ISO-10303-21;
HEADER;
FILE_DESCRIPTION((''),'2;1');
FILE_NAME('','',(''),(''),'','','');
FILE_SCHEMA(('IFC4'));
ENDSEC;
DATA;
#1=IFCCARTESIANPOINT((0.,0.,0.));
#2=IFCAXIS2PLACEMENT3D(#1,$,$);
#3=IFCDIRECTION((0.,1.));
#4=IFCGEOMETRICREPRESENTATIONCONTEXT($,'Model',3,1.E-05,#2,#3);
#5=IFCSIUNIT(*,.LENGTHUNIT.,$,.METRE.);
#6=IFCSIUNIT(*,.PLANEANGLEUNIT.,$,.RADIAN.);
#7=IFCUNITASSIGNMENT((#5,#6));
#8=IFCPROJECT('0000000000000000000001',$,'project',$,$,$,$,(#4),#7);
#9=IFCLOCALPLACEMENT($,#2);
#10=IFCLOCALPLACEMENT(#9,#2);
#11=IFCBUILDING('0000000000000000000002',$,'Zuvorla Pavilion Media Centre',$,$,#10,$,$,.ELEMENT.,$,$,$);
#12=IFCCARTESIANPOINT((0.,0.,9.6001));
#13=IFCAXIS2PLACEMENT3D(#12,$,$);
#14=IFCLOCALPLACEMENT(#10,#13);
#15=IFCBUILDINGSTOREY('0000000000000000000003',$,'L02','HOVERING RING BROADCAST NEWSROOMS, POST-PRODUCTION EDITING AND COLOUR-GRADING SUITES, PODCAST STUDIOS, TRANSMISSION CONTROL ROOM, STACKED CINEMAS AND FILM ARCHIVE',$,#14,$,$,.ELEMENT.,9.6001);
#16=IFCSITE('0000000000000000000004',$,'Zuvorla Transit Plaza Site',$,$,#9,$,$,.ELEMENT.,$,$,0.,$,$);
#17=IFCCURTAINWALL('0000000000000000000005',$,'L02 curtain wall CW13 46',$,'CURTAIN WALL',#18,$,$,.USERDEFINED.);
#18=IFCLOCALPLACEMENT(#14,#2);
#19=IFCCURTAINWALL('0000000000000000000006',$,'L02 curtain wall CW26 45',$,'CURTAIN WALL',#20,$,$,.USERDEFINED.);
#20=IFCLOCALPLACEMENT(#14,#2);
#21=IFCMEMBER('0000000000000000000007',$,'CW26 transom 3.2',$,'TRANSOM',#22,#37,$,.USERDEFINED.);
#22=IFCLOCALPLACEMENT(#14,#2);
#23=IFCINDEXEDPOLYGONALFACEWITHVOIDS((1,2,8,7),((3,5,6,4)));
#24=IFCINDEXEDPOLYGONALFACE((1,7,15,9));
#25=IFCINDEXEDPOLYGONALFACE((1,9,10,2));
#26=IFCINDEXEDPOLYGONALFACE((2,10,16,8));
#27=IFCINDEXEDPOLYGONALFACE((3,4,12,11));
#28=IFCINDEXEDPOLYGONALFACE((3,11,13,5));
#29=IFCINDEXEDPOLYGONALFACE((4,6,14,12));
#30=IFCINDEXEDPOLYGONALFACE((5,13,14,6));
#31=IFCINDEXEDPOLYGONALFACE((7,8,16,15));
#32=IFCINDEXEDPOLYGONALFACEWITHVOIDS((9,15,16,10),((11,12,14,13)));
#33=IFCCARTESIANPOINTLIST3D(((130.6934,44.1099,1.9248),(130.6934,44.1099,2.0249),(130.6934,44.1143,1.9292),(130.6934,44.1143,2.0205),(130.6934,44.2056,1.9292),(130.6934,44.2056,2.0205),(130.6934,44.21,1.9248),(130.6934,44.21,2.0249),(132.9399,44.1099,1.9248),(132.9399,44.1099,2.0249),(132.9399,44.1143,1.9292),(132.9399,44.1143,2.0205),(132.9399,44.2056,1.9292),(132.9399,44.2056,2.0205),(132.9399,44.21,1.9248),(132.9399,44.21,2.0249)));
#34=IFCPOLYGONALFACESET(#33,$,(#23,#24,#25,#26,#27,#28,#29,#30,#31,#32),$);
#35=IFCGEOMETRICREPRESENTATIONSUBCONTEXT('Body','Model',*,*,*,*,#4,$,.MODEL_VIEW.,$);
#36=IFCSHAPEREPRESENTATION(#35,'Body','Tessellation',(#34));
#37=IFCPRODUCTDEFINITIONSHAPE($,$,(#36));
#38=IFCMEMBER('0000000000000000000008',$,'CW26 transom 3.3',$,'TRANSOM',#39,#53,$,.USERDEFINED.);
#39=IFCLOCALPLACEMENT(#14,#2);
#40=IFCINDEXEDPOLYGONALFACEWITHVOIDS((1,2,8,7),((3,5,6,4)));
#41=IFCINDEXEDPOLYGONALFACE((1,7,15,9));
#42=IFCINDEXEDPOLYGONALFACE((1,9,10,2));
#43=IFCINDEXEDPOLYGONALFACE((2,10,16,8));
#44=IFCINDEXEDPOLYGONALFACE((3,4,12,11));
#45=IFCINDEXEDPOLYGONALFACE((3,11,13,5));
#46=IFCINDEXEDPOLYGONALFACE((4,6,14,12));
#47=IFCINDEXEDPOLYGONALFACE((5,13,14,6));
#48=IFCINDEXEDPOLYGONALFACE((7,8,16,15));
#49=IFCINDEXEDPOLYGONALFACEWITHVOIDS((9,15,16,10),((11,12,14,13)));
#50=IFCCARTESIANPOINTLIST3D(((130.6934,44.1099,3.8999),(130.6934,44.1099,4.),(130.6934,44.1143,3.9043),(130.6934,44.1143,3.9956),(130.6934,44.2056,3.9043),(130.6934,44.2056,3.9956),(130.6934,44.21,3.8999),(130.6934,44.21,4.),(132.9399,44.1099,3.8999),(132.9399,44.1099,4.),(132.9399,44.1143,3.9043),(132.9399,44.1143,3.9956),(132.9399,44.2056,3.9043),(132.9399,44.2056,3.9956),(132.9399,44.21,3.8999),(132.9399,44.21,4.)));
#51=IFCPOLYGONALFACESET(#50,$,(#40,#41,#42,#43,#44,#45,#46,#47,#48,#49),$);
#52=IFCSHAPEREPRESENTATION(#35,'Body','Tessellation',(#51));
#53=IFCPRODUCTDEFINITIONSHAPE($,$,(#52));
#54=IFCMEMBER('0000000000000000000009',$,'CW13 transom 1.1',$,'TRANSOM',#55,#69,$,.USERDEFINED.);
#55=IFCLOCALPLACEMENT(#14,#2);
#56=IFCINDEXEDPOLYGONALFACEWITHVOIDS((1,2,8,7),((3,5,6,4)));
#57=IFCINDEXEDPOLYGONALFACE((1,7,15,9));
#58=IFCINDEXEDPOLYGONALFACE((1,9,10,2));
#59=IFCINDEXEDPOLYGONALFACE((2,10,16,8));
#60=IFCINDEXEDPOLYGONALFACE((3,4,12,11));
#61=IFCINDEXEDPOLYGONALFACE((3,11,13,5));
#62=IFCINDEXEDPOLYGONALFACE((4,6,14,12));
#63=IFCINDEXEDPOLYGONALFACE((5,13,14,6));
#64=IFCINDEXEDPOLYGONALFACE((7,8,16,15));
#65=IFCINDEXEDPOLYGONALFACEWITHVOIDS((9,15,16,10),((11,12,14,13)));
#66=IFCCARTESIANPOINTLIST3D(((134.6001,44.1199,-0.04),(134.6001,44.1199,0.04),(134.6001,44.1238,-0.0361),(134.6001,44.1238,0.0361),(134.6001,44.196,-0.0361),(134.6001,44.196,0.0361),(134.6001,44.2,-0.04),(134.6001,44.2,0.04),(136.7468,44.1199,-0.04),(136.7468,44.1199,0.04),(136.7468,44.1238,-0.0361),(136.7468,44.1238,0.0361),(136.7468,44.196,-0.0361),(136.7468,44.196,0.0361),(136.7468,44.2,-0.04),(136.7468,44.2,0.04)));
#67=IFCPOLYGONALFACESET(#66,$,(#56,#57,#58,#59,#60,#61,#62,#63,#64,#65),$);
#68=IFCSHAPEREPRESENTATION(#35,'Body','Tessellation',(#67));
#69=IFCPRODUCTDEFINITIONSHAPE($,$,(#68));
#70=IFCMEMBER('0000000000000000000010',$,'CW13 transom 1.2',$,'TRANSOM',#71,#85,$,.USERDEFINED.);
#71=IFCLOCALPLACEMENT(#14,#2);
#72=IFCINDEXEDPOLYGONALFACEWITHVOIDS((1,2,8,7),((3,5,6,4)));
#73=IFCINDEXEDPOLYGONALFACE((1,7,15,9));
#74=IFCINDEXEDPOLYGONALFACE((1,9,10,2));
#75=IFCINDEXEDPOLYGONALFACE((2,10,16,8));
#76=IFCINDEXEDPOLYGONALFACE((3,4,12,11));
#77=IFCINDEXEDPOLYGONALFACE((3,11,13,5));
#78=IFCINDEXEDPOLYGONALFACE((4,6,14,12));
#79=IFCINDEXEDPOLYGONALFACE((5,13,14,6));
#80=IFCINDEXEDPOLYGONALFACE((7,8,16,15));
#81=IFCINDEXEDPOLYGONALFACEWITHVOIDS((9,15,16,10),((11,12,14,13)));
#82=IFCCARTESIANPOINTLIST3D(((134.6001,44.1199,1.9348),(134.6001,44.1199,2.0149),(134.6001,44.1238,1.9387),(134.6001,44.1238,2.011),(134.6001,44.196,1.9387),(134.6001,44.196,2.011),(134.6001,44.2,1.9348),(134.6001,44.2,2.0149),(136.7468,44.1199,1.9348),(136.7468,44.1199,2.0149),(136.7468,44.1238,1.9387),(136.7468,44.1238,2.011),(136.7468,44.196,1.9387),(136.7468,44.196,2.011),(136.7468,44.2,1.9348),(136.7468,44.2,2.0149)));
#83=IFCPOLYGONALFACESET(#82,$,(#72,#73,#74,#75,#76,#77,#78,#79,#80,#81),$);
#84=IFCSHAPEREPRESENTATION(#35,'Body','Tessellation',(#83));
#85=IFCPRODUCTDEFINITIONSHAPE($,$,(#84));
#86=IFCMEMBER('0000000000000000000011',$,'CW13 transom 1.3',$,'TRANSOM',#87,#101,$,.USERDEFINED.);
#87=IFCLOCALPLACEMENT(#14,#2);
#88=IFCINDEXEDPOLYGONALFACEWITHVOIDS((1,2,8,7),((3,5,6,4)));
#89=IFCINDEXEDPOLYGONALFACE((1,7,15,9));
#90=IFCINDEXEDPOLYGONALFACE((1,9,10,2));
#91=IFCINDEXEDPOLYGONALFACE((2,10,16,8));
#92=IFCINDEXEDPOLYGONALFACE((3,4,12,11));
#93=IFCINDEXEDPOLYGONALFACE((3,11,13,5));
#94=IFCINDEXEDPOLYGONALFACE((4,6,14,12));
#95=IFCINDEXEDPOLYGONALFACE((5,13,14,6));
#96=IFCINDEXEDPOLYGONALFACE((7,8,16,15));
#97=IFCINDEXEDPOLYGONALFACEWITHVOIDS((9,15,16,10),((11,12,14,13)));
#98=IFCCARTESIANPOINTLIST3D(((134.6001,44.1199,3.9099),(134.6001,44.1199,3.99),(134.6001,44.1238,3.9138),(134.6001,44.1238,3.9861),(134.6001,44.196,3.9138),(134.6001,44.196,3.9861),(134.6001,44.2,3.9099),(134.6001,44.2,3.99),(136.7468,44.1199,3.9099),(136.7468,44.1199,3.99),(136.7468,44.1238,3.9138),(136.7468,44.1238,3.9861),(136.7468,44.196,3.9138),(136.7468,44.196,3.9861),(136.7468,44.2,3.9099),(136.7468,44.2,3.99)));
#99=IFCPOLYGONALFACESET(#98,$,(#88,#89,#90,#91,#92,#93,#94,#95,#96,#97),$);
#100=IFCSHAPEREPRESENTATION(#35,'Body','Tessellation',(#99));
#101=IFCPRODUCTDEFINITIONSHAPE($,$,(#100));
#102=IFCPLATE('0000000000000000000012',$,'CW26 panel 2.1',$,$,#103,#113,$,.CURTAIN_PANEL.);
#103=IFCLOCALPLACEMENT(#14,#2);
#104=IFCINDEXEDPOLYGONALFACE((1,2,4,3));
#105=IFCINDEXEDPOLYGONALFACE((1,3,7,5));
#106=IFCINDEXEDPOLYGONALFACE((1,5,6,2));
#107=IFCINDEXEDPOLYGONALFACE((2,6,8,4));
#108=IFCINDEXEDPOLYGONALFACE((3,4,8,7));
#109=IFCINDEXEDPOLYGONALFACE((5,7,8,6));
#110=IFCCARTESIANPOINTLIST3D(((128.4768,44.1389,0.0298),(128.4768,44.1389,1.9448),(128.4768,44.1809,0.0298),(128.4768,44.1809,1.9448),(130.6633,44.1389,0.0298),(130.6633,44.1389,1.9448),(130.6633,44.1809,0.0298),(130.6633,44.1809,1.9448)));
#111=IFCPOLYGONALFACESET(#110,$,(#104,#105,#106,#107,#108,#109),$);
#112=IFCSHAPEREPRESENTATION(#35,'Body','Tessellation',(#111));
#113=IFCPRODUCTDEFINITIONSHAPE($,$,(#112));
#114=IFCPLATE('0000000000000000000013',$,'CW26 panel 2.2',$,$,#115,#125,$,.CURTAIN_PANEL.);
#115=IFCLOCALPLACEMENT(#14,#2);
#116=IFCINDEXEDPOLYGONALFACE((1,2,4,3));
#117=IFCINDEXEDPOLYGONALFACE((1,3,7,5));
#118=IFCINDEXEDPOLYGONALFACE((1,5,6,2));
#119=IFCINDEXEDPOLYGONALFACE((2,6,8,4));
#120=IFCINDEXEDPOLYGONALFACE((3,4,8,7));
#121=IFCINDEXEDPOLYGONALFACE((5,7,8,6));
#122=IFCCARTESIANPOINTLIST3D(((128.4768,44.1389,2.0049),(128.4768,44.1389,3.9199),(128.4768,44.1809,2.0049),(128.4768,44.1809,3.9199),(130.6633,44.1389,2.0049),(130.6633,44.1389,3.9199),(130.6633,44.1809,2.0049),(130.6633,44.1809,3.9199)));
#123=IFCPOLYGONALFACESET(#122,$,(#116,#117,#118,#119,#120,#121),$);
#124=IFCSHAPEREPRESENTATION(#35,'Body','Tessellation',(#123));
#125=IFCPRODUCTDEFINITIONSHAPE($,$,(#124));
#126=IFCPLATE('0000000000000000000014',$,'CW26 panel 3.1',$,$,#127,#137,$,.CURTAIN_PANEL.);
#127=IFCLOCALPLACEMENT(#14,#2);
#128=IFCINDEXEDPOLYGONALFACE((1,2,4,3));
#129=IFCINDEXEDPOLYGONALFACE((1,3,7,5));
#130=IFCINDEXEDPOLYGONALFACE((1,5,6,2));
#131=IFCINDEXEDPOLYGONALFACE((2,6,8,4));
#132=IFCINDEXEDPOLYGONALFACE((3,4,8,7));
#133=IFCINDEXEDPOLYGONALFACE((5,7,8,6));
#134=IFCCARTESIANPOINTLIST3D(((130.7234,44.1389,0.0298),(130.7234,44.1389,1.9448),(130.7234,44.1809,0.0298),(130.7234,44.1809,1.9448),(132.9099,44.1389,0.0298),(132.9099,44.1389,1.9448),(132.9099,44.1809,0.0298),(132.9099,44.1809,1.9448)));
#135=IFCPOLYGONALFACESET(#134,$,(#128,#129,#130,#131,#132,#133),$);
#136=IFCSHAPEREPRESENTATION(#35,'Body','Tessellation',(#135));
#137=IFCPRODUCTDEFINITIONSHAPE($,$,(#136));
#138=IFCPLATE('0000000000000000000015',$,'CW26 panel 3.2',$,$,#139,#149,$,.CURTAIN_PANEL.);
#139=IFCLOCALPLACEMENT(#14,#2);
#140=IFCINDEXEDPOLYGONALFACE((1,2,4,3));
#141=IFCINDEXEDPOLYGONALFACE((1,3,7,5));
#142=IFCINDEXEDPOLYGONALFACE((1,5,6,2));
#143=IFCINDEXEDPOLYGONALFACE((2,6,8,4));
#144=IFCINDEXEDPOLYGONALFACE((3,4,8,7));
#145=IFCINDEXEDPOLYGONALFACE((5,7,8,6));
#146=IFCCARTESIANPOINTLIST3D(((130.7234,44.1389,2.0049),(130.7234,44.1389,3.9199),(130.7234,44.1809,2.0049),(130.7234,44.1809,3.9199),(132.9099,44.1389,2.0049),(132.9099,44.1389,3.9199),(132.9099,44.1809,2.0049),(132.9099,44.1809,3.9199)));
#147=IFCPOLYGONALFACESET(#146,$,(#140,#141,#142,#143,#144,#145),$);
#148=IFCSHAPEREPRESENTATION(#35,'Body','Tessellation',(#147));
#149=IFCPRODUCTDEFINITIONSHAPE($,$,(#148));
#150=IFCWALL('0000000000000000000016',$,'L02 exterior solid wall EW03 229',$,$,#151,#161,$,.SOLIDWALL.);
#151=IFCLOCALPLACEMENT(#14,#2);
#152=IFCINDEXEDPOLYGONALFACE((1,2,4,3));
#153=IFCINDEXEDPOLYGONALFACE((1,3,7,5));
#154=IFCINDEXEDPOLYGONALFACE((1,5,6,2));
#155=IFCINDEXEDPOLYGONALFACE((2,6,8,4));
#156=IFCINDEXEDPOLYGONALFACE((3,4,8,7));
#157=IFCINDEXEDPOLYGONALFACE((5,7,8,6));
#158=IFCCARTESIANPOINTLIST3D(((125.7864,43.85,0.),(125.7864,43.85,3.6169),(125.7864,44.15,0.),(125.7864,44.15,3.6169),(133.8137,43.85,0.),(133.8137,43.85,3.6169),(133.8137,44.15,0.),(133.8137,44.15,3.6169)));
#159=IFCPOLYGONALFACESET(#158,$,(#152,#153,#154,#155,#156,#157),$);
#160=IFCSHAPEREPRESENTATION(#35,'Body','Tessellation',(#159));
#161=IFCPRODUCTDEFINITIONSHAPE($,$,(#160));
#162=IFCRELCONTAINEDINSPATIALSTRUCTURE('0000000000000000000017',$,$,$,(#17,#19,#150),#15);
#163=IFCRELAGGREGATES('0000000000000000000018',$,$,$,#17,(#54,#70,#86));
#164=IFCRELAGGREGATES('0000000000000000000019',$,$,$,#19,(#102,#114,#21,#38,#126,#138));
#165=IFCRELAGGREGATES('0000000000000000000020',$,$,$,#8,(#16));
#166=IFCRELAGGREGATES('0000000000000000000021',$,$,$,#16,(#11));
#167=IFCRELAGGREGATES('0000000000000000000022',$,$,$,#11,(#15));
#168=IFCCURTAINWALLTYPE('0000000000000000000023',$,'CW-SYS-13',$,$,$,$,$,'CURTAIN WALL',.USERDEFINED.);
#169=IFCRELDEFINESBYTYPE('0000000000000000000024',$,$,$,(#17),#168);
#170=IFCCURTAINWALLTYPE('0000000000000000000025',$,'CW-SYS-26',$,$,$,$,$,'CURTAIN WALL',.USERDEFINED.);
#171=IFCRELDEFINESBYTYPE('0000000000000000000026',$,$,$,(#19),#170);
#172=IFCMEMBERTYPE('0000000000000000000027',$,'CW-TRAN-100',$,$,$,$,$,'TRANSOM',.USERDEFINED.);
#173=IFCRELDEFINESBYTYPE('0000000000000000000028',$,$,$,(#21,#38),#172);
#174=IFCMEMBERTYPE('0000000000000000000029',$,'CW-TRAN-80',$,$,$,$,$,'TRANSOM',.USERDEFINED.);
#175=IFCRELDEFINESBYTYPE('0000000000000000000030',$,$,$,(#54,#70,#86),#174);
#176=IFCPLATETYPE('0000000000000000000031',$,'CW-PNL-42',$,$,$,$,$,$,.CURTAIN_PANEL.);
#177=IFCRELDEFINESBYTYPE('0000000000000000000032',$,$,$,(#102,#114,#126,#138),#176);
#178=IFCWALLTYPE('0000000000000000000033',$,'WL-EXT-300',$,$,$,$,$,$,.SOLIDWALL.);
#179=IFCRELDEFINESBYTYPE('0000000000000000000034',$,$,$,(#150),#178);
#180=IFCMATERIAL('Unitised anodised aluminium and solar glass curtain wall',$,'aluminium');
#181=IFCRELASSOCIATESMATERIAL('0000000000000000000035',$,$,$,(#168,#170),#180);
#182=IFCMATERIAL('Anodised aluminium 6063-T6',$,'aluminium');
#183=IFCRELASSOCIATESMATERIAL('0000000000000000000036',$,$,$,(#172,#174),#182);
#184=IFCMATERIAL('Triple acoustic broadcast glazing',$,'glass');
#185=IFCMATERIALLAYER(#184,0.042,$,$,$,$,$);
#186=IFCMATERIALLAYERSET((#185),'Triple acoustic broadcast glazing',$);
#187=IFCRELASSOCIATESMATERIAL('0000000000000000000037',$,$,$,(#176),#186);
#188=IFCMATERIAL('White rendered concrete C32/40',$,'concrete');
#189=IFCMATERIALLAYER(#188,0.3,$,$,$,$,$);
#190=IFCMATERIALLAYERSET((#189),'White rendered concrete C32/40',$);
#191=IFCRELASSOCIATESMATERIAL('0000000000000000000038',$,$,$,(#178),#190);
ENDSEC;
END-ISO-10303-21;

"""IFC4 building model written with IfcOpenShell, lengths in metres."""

from ifc_helpers import new_model, si_unit, direction, frame, frame_2d, origin, origin_2d, place, context, subcontext, project, spatial, rectangle, hollow_rectangle, extrude, material, layer, layer_set, material_profile, profile_set, type_object, element, aggregate, save


model = new_model("IFC4")

# Units and contexts
model_context = context("Model", 3, precision=1e-05, world=origin(), true_north=direction((0.0, 1.0)))
body_context = subcontext(model_context, "Body", "Model", "MODEL_VIEW")
ifc_project = project(units=[si_unit("LENGTHUNIT", "METRE"), si_unit("PLANEANGLEUNIT", "RADIAN")], contexts=[model_context])

# Site, building, storey
site_placement = place(None, origin())
site = spatial("IfcSite", under=ifc_project, at=site_placement, Name="Zuvorla Transit Plaza Site", CompositionType="ELEMENT", RefElevation=0.0)
building_placement = place(site_placement, origin())
building = spatial("IfcBuilding", under=site, at=building_placement, Name="Zuvorla Pavilion Media Centre", CompositionType="ELEMENT")
storey_placement = place(building_placement, frame((0.0, 0.0, 9.6001)))
storey = spatial("IfcBuildingStorey", under=building, at=storey_placement, Name="L02", Description="HOVERING RING BROADCAST NEWSROOMS, POST-PRODUCTION EDITING AND COLOUR-GRADING SUITES, PODCAST STUDIOS, TRANSMISSION CONTROL ROOM, STACKED CINEMAS AND FILM ARCHIVE", CompositionType="ELEMENT", Elevation=9.6001)

# Curtain wall
ifc_material_1 = material(Name="Unitised anodised aluminium and solar glass curtain wall", Category="aluminium")
curtain_wall_type_1 = type_object("IfcCurtainWallType", Name="CW-SYS-13", ElementType="CURTAIN WALL", PredefinedType="USERDEFINED", material=ifc_material_1)
curtain_wall_1_placement = place(storey_placement, origin())
curtain_wall_1 = element("IfcCurtainWall", 1, at=curtain_wall_1_placement, inside=storey, type_object=curtain_wall_type_1, Name="L02 curtain wall CW13 46", ObjectType="CURTAIN WALL", PredefinedType="USERDEFINED")
ifc_material_2 = material(Name="Anodised aluminium 6063-T6", Category="aluminium")

# Curtain wall, members
curtain_wall_type_2 = type_object("IfcCurtainWallType", Name="CW-SYS-26", ElementType="CURTAIN WALL", PredefinedType="USERDEFINED", material=ifc_material_1)
curtain_wall_2_placement = place(storey_placement, origin())
curtain_wall_2 = element("IfcCurtainWall", 2, at=curtain_wall_2_placement, inside=storey, type_object=curtain_wall_type_2, Name="L02 curtain wall CW26 45", ObjectType="CURTAIN WALL", PredefinedType="USERDEFINED")
ifc_material_profile_1 = material_profile(ifc_material_2, hollow_rectangle(XDim=0.1001, YDim=0.1001, WallThickness=0.0044, at=origin_2d()), Name="ALU TRAN 100x100")
ifc_profile_set_1 = profile_set([ifc_material_profile_1], Name="Anodised aluminium 6063-T6")
member_type_1 = type_object("IfcMemberType", Name="CW-TRAN-100", ElementType="TRANSOM", PredefinedType="USERDEFINED", material=ifc_profile_set_1)
member_1_placement = place(storey_placement, frame((130.6934, 44.1599, 1.9749), z_axis=(1.0, 0.0, 0.0), x_axis=(0.0, 1.0, 0.0)))
member_1 = element("IfcMember", 3, at=member_1_placement, type_object=member_type_1, Name="CW26 transom 3.2", ObjectType="TRANSOM", PredefinedType="USERDEFINED", context=body_context, shape_type="SweptSolid", body=[
    extrude(hollow_rectangle(XDim=0.1001, YDim=0.1001, WallThickness=0.0044, at=origin_2d()), origin(), (0.0, 0.0, 1.0), 2.2466),
])
member_2_placement = place(storey_placement, frame((130.6934, 44.1599, 3.95), z_axis=(1.0, 0.0, 0.0), x_axis=(0.0, 1.0, 0.0)))
member_2 = element("IfcMember", 4, at=member_2_placement, type_object=member_type_1, Name="CW26 transom 3.3", ObjectType="TRANSOM", PredefinedType="USERDEFINED", context=body_context, shape_type="SweptSolid", body=[
    extrude(hollow_rectangle(XDim=0.1001, YDim=0.1001, WallThickness=0.0044, at=origin_2d()), origin(), (0.0, 0.0, 1.0), 2.2466),
])

# Members
ifc_material_profile_2 = material_profile(ifc_material_2, hollow_rectangle(XDim=0.0801, YDim=0.0801, WallThickness=0.0039, at=origin_2d()), Name="ALU TRAN 80x80")
ifc_profile_set_2 = profile_set([ifc_material_profile_2], Name="Anodised aluminium 6063-T6")
member_type_2 = type_object("IfcMemberType", Name="CW-TRAN-80", ElementType="TRANSOM", PredefinedType="USERDEFINED", material=ifc_profile_set_2)
member_3_placement = place(storey_placement, frame((134.6001, 44.1599, 0.0), z_axis=(1.0, 0.0, 0.0), x_axis=(0.0, 1.0, 0.0)))
member_3 = element("IfcMember", 5, at=member_3_placement, type_object=member_type_2, Name="CW13 transom 1.1", ObjectType="TRANSOM", PredefinedType="USERDEFINED", context=body_context, shape_type="SweptSolid", body=[
    extrude(hollow_rectangle(XDim=0.0801, YDim=0.0801, WallThickness=0.0039, at=origin_2d()), origin(), (0.0, 0.0, 1.0), 2.1467),
])
member_4_placement = place(storey_placement, frame((134.6001, 44.1599, 1.9749), z_axis=(1.0, 0.0, 0.0), x_axis=(0.0, 1.0, 0.0)))
member_4 = element("IfcMember", 6, at=member_4_placement, type_object=member_type_2, Name="CW13 transom 1.2", ObjectType="TRANSOM", PredefinedType="USERDEFINED", context=body_context, shape_type="SweptSolid", body=[
    extrude(hollow_rectangle(XDim=0.0801, YDim=0.0801, WallThickness=0.0039, at=origin_2d()), origin(), (0.0, 0.0, 1.0), 2.1467),
])
member_5_placement = place(storey_placement, frame((134.6001, 44.1599, 3.95), z_axis=(1.0, 0.0, 0.0), x_axis=(0.0, 1.0, 0.0)))
member_5 = element("IfcMember", 7, at=member_5_placement, type_object=member_type_2, Name="CW13 transom 1.3", ObjectType="TRANSOM", PredefinedType="USERDEFINED", context=body_context, shape_type="SweptSolid", body=[
    extrude(hollow_rectangle(XDim=0.0801, YDim=0.0801, WallThickness=0.0039, at=origin_2d()), origin(), (0.0, 0.0, 1.0), 2.1467),
])
aggregate(curtain_wall_1, [member_3, member_4, member_5])

# Plates
ifc_material_3 = material(Name="Triple acoustic broadcast glazing", Category="glass")
ifc_layer_1 = layer(ifc_material_3, 0.042)
ifc_layer_set_1 = layer_set([ifc_layer_1], Name="Triple acoustic broadcast glazing")
plate_type = type_object("IfcPlateType", Name="CW-PNL-42", PredefinedType="CURTAIN_PANEL", material=ifc_layer_set_1)
plate_1_placement = place(storey_placement, frame((129.5701, 44.1599, 0.0298), z_axis=(0.0, 0.0, 1.0), x_axis=(1.0, 0.0, 0.0)))
plate_1 = element("IfcPlate", 8, at=plate_1_placement, type_object=plate_type, Name="CW26 panel 2.1", PredefinedType="CURTAIN_PANEL", context=body_context, shape_type="SweptSolid", body=[
    extrude(rectangle(XDim=2.1865, YDim=0.042, at=origin_2d()), origin(), (0.0, 0.0, 1.0), 1.915),
])
plate_2_placement = place(storey_placement, frame((129.5701, 44.1599, 2.0049), z_axis=(0.0, 0.0, 1.0), x_axis=(1.0, 0.0, 0.0)))
plate_2 = element("IfcPlate", 9, at=plate_2_placement, type_object=plate_type, Name="CW26 panel 2.2", PredefinedType="CURTAIN_PANEL", context=body_context, shape_type="SweptSolid", body=[
    extrude(rectangle(XDim=2.1865, YDim=0.042, at=origin_2d()), origin(), (0.0, 0.0, 1.0), 1.915),
])
plate_3_placement = place(storey_placement, frame((131.8167, 44.1599, 0.0298), z_axis=(0.0, 0.0, 1.0), x_axis=(1.0, 0.0, 0.0)))
plate_3 = element("IfcPlate", 10, at=plate_3_placement, type_object=plate_type, Name="CW26 panel 3.1", PredefinedType="CURTAIN_PANEL", context=body_context, shape_type="SweptSolid", body=[
    extrude(rectangle(XDim=2.1865, YDim=0.042, at=origin_2d()), origin(), (0.0, 0.0, 1.0), 1.915),
])
plate_4_placement = place(storey_placement, frame((131.8167, 44.1599, 2.0049), z_axis=(0.0, 0.0, 1.0), x_axis=(1.0, 0.0, 0.0)))
plate_4 = element("IfcPlate", 11, at=plate_4_placement, type_object=plate_type, Name="CW26 panel 3.2", PredefinedType="CURTAIN_PANEL", context=body_context, shape_type="SweptSolid", body=[
    extrude(rectangle(XDim=2.1865, YDim=0.042, at=origin_2d()), origin(), (0.0, 0.0, 1.0), 1.915),
])
aggregate(curtain_wall_2, [plate_1, plate_2, member_1, member_2, plate_3, plate_4])

# Wall
ifc_material_4 = material(Name="White rendered concrete C32/40", Category="concrete")
ifc_layer_2 = layer(ifc_material_4, 0.3)
ifc_layer_set_2 = layer_set([ifc_layer_2], Name="White rendered concrete C32/40")
wall_type = type_object("IfcWallType", Name="WL-EXT-300", PredefinedType="SOLIDWALL", material=ifc_layer_set_2)
wall_placement = place(storey_placement, frame((133.8137, 44.0, 0.0), z_axis=(0.0, 0.0, 1.0), x_axis=(-1.0, 0.0, 0.0)))
element("IfcWall", 12, at=wall_placement, inside=storey, type_object=wall_type, Name="L02 exterior solid wall EW03 229", PredefinedType="SOLIDWALL", context=body_context, shape_type="SweptSolid", body=[
    extrude(rectangle(XDim=8.0273, YDim=0.3, at=frame_2d((4.0137, 0.0))), origin(), (0.0, 0.0, 1.0), 3.6169),
])

save(model, "model.ifc")
